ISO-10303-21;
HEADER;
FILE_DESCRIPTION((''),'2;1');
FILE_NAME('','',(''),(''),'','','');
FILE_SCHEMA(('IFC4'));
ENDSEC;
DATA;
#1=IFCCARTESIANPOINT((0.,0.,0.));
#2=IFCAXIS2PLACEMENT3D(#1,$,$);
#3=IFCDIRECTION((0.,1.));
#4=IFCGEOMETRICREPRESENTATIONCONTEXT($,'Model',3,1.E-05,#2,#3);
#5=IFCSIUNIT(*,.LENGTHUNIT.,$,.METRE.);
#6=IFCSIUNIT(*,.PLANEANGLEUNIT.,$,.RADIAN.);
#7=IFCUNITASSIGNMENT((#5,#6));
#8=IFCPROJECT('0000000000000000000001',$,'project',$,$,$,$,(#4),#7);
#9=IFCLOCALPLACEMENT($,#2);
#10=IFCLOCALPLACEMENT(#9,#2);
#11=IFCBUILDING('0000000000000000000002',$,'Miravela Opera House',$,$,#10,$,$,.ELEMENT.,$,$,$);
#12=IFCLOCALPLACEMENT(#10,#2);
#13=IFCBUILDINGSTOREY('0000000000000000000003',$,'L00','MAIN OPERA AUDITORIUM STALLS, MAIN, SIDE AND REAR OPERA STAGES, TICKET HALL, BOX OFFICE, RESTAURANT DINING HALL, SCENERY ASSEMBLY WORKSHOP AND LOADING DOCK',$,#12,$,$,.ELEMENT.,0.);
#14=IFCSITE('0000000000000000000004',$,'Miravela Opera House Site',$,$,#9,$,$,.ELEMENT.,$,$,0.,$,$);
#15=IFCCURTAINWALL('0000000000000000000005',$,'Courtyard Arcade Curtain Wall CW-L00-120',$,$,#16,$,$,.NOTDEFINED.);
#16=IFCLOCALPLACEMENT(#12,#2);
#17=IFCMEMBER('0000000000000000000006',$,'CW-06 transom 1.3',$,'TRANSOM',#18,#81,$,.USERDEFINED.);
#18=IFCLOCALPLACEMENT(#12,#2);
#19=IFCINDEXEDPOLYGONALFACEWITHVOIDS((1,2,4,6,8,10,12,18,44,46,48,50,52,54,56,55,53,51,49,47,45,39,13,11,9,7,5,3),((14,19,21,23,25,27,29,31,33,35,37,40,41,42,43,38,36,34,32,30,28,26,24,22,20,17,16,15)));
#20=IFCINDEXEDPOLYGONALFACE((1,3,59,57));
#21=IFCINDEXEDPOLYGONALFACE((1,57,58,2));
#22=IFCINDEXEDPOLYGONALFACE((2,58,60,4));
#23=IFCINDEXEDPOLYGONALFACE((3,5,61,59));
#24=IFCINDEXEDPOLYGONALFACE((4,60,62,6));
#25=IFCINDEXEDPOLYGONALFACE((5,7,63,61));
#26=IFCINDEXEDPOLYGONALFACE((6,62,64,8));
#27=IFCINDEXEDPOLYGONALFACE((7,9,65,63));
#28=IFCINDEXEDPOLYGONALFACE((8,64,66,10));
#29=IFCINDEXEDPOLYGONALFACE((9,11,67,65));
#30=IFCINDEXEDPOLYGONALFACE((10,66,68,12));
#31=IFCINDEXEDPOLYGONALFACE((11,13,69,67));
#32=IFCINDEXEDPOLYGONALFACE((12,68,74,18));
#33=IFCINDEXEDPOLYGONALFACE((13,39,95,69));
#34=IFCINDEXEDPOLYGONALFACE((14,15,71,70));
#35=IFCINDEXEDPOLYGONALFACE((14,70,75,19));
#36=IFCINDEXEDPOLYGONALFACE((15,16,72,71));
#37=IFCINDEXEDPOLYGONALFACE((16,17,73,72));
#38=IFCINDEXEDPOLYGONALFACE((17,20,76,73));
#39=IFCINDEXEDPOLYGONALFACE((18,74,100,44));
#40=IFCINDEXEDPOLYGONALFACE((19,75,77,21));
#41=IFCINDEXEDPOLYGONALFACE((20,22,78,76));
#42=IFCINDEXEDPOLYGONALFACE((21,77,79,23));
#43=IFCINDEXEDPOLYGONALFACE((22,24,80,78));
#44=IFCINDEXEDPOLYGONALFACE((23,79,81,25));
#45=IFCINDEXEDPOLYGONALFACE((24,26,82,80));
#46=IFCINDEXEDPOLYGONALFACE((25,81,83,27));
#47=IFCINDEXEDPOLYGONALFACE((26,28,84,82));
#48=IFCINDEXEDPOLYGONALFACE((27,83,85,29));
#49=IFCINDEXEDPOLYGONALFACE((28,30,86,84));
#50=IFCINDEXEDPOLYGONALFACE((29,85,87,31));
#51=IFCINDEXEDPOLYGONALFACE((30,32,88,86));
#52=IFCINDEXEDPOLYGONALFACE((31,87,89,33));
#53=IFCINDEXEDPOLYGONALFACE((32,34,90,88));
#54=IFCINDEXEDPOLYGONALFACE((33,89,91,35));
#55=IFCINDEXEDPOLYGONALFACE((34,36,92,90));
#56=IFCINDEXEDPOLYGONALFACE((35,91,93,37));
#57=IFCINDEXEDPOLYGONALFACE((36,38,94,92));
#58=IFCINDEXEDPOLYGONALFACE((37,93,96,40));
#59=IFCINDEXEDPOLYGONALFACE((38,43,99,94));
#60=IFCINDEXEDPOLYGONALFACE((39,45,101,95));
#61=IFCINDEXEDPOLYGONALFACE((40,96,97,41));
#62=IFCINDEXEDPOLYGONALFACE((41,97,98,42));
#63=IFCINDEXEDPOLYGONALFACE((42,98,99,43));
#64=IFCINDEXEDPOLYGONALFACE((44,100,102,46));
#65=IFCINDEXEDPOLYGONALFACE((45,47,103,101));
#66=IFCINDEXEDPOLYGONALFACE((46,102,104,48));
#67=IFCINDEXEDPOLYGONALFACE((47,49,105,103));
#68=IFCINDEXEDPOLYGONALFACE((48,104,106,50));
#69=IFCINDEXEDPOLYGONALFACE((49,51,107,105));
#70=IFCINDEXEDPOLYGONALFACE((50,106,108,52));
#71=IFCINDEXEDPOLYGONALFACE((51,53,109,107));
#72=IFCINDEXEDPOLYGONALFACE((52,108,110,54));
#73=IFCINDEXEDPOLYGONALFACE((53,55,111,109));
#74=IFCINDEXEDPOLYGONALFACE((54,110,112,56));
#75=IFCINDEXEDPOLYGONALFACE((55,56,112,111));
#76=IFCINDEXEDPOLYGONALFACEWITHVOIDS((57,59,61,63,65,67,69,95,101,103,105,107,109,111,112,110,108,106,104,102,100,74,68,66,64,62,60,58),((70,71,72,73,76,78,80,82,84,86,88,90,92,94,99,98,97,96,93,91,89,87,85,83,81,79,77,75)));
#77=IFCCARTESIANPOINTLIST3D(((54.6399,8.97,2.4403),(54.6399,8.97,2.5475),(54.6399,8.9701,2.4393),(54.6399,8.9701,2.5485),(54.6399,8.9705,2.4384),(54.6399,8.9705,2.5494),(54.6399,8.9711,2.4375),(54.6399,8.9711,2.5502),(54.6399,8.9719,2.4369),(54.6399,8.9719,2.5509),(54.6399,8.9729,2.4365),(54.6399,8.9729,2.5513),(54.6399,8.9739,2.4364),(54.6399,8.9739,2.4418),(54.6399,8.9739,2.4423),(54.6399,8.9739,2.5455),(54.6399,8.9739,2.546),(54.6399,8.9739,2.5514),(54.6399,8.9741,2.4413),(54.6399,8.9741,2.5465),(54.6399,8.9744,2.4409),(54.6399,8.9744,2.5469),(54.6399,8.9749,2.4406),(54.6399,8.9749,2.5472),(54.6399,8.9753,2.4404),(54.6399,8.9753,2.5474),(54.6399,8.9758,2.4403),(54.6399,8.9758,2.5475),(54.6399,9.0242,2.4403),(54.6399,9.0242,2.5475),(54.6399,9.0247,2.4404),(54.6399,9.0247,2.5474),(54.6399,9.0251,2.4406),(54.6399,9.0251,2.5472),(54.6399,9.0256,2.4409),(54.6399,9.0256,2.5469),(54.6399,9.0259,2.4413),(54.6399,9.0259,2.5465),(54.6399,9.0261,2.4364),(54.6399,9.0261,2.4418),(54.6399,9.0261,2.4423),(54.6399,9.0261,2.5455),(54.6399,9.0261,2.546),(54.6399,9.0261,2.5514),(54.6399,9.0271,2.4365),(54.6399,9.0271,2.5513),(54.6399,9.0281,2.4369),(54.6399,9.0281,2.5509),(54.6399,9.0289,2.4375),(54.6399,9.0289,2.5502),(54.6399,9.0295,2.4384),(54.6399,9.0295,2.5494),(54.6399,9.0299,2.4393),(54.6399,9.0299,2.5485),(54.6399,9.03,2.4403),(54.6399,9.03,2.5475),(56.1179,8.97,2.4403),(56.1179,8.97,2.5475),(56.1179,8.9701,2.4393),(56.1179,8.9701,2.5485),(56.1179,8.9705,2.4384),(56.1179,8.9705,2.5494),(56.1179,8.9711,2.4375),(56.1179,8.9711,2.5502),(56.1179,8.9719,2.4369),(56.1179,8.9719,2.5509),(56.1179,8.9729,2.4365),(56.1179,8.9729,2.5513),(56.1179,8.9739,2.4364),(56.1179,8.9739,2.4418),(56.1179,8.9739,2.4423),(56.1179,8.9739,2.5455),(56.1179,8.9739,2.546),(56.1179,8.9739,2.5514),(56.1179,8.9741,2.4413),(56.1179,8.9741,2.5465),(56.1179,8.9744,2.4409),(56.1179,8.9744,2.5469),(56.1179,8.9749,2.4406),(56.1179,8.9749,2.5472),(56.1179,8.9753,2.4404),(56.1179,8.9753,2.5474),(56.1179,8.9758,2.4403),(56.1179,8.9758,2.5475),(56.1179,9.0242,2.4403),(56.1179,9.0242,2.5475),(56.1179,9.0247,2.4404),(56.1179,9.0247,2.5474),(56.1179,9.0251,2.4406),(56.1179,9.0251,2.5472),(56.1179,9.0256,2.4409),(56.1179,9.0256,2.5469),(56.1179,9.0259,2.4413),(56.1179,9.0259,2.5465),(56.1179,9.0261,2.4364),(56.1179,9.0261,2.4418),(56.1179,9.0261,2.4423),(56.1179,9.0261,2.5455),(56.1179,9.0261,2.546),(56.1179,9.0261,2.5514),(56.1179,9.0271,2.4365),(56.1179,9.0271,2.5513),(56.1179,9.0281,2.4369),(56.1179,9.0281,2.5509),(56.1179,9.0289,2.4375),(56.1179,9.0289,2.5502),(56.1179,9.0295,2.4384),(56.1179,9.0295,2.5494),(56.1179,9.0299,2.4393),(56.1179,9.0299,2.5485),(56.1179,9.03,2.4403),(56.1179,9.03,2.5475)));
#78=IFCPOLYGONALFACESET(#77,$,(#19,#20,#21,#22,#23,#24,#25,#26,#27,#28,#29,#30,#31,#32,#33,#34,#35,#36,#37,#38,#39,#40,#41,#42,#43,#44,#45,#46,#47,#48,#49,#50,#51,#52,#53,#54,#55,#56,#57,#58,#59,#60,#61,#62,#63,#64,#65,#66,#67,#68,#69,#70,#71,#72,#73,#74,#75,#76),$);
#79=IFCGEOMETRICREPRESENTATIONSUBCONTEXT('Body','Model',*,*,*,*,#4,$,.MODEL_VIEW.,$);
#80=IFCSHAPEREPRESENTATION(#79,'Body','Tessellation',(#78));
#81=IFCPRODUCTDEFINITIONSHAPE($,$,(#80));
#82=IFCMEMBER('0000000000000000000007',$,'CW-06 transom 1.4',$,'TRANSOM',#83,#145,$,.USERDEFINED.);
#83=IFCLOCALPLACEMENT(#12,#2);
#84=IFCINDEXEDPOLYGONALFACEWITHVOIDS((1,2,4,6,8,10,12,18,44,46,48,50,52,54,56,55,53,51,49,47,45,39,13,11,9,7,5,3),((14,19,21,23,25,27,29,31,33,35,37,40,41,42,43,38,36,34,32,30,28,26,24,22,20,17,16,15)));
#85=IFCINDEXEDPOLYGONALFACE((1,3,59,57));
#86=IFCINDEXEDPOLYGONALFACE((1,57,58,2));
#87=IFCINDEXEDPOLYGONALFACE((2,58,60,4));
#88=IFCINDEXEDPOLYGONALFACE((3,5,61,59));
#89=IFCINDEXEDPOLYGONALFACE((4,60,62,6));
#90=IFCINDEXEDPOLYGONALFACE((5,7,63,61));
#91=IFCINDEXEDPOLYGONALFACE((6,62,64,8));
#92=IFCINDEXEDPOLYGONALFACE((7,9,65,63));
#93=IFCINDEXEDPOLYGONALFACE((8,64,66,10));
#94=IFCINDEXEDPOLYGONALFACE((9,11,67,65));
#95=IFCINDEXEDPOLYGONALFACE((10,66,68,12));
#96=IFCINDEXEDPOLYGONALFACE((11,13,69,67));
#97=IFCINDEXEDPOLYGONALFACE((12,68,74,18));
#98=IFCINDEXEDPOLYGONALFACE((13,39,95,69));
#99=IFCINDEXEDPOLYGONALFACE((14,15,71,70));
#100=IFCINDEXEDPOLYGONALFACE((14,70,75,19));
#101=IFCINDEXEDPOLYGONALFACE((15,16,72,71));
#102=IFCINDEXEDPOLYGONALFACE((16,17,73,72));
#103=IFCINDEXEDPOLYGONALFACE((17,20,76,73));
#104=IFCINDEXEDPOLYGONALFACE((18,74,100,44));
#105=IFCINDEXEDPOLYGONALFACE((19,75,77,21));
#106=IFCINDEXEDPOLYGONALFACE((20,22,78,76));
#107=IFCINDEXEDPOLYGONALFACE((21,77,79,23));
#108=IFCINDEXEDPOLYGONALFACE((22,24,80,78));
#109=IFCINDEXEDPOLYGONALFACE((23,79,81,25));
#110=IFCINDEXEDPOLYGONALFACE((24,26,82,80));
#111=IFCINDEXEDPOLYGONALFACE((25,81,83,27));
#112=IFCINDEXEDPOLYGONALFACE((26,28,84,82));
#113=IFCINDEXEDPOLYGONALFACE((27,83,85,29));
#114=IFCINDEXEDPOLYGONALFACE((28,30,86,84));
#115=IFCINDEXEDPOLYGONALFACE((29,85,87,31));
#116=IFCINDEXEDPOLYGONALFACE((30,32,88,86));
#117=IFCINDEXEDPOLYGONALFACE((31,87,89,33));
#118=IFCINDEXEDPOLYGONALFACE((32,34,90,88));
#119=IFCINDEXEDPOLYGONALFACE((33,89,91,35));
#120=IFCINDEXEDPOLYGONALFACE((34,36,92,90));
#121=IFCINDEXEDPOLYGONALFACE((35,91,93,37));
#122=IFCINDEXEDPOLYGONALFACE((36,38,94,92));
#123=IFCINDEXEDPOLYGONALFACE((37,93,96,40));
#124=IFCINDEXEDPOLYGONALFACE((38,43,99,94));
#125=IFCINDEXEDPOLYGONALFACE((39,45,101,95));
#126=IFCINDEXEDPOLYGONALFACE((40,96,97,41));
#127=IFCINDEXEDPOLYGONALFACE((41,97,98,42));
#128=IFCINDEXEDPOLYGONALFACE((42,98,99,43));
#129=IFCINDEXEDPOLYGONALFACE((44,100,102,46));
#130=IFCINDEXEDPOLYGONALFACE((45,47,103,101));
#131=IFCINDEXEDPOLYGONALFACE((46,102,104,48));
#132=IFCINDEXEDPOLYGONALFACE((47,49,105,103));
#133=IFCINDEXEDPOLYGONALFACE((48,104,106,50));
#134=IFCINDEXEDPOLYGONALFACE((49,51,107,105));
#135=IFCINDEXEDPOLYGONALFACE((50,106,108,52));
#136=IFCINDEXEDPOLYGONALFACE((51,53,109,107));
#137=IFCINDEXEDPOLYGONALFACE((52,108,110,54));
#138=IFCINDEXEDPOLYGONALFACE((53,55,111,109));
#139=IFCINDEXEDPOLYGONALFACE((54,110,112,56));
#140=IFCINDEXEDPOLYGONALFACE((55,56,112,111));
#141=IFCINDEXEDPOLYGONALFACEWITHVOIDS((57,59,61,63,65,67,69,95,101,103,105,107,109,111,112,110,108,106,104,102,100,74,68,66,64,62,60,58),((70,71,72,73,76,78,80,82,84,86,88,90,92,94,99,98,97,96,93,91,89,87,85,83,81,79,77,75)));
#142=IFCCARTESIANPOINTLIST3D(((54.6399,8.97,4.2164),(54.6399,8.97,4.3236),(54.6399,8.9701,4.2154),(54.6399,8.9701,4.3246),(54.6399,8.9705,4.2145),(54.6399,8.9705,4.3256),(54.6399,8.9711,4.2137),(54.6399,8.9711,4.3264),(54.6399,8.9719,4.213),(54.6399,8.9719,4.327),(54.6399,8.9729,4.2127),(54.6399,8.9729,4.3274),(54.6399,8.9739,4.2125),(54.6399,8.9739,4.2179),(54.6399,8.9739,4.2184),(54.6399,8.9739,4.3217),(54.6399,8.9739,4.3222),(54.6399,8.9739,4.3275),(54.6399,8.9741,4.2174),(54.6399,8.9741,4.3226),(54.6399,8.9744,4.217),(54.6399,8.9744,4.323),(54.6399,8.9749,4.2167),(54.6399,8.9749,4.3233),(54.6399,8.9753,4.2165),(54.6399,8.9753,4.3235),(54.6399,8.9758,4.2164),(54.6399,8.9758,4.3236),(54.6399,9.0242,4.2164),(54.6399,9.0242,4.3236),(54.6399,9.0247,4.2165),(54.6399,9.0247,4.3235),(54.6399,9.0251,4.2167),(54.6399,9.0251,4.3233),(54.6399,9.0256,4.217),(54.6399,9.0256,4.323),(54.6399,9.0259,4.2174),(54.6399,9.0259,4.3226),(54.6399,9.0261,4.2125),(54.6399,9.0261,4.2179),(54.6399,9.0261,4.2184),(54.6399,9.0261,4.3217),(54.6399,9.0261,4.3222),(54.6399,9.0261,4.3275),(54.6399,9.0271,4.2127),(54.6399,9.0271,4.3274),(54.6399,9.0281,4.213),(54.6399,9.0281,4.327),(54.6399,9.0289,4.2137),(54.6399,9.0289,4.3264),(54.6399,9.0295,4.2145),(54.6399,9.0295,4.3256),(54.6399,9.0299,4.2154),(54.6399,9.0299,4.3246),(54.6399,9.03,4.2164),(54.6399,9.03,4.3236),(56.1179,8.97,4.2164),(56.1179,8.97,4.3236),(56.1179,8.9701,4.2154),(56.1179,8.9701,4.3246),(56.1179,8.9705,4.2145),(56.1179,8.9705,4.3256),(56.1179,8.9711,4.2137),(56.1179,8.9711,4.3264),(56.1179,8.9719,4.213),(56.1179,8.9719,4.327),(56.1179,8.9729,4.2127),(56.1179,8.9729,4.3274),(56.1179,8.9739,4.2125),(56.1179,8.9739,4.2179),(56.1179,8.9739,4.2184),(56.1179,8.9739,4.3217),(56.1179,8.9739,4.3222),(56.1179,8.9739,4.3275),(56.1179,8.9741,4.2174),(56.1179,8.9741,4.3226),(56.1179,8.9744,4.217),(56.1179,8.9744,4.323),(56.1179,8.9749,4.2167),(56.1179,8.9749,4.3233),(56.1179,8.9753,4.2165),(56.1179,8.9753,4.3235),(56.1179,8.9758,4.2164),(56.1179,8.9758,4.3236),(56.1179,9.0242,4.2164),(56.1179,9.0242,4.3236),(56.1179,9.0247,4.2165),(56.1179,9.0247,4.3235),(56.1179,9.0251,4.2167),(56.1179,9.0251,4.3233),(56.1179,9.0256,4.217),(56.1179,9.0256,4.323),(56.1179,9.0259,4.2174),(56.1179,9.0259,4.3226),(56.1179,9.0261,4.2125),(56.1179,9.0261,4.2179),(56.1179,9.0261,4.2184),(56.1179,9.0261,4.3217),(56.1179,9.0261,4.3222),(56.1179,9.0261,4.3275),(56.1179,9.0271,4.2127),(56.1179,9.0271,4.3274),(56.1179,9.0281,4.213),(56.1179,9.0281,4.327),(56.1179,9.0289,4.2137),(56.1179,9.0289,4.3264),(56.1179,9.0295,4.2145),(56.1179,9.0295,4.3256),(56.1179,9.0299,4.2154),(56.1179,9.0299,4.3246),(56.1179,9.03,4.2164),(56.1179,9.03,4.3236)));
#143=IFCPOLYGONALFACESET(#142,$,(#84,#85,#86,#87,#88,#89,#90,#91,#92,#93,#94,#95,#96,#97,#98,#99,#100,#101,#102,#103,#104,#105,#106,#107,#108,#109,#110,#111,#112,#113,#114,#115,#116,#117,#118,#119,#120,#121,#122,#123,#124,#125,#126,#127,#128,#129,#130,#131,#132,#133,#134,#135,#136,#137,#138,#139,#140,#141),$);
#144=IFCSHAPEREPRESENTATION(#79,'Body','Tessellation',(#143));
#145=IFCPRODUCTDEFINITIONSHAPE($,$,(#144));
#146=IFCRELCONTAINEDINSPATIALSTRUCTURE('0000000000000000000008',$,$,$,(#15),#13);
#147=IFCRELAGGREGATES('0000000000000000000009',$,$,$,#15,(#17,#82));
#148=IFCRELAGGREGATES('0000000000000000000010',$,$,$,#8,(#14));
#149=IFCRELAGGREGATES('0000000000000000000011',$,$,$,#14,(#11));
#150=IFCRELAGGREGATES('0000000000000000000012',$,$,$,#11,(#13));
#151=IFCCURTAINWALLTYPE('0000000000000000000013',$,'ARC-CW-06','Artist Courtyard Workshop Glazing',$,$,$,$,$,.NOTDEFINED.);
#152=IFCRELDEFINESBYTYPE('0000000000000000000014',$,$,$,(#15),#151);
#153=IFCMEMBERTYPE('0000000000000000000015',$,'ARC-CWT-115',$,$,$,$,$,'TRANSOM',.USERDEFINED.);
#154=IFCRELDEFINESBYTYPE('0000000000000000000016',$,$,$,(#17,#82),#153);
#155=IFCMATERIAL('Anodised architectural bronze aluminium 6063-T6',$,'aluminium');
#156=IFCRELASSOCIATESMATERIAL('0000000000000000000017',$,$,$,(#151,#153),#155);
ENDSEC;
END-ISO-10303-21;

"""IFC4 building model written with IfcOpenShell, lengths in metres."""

from ifc_helpers import new_model, si_unit, direction, frame, origin, origin_2d, place, context, subcontext, project, spatial, hollow_rectangle, extrude, material, material_profile, profile_set, type_object, element, aggregate, save


model = new_model("IFC4")

# Units and contexts
model_context = context("Model", 3, precision=1e-05, world=origin(), true_north=direction((0.0, 1.0)))
body_context = subcontext(model_context, "Body", "Model", "MODEL_VIEW")
ifc_project = project(units=[si_unit("LENGTHUNIT", "METRE"), si_unit("PLANEANGLEUNIT", "RADIAN")], contexts=[model_context])

# Site, building, storey
site_placement = place(None, origin())
site = spatial("IfcSite", under=ifc_project, at=site_placement, Name="Miravela Opera House Site", CompositionType="ELEMENT", RefElevation=0.0)
building_placement = place(site_placement, origin())
building = spatial("IfcBuilding", under=site, at=building_placement, Name="Miravela Opera House", CompositionType="ELEMENT")
storey_placement = place(building_placement, origin())
storey = spatial("IfcBuildingStorey", under=building, at=storey_placement, Name="L00", Description="MAIN OPERA AUDITORIUM STALLS, MAIN, SIDE AND REAR OPERA STAGES, TICKET HALL, BOX OFFICE, RESTAURANT DINING HALL, SCENERY ASSEMBLY WORKSHOP AND LOADING DOCK", CompositionType="ELEMENT", Elevation=0.0)

# Shared definitions
ifc_material_1 = material(Name="Anodised architectural bronze aluminium 6063-T6", Category="aluminium")
curtain_wall_type = type_object("IfcCurtainWallType", Name="ARC-CW-06", Description="Artist Courtyard Workshop Glazing", PredefinedType="NOTDEFINED", material=ifc_material_1)

# Curtain wall, members
curtain_wall_1_placement = place(storey_placement, origin())
curtain_wall_1 = element("IfcCurtainWall", 1, at=curtain_wall_1_placement, inside=storey, type_object=curtain_wall_type, Name="Courtyard Arcade Curtain Wall CW-L00-120", PredefinedType="NOTDEFINED")
ifc_material_profile_1 = material_profile(ifc_material_1, hollow_rectangle(XDim=0.0601, YDim=0.115, WallThickness=0.0039, InnerFilletRadius=0.002, OuterFilletRadius=0.0039, at=origin_2d()), Name="CWT-60X115")
ifc_profile_set_1 = profile_set([ifc_material_profile_1])
member_type_1 = type_object("IfcMemberType", Name="ARC-CWT-115", ElementType="TRANSOM", PredefinedType="USERDEFINED", material=ifc_profile_set_1)
member_1_placement = place(storey_placement, frame((54.6399, 9.0, 2.4939), z_axis=(1.0, 0.0, 0.0), x_axis=(0.0, 1.0, 0.0)))
member_1 = element("IfcMember", 2, at=member_1_placement, type_object=member_type_1, Name="CW-06 transom 1.3", ObjectType="TRANSOM", PredefinedType="USERDEFINED", context=body_context, shape_type="SweptSolid", body=[
    extrude(hollow_rectangle(XDim=0.0601, YDim=0.115, WallThickness=0.0039, InnerFilletRadius=0.002, OuterFilletRadius=0.0039, at=origin_2d()), origin(), (0.0, 0.0, 1.0), 1.478),
])
member_2_placement = place(storey_placement, frame((54.6399, 9.0, 4.27), z_axis=(1.0, 0.0, 0.0), x_axis=(0.0, 1.0, 0.0)))
member_2 = element("IfcMember", 3, at=member_2_placement, type_object=member_type_1, Name="CW-06 transom 1.4", ObjectType="TRANSOM", PredefinedType="USERDEFINED", context=body_context, shape_type="SweptSolid", body=[
    extrude(hollow_rectangle(XDim=0.0601, YDim=0.115, WallThickness=0.0039, InnerFilletRadius=0.002, OuterFilletRadius=0.0039, at=origin_2d()), origin(), (0.0, 0.0, 1.0), 1.478),
])

aggregate(curtain_wall_1, [member_1, member_2])

save(model, "model.ifc")
